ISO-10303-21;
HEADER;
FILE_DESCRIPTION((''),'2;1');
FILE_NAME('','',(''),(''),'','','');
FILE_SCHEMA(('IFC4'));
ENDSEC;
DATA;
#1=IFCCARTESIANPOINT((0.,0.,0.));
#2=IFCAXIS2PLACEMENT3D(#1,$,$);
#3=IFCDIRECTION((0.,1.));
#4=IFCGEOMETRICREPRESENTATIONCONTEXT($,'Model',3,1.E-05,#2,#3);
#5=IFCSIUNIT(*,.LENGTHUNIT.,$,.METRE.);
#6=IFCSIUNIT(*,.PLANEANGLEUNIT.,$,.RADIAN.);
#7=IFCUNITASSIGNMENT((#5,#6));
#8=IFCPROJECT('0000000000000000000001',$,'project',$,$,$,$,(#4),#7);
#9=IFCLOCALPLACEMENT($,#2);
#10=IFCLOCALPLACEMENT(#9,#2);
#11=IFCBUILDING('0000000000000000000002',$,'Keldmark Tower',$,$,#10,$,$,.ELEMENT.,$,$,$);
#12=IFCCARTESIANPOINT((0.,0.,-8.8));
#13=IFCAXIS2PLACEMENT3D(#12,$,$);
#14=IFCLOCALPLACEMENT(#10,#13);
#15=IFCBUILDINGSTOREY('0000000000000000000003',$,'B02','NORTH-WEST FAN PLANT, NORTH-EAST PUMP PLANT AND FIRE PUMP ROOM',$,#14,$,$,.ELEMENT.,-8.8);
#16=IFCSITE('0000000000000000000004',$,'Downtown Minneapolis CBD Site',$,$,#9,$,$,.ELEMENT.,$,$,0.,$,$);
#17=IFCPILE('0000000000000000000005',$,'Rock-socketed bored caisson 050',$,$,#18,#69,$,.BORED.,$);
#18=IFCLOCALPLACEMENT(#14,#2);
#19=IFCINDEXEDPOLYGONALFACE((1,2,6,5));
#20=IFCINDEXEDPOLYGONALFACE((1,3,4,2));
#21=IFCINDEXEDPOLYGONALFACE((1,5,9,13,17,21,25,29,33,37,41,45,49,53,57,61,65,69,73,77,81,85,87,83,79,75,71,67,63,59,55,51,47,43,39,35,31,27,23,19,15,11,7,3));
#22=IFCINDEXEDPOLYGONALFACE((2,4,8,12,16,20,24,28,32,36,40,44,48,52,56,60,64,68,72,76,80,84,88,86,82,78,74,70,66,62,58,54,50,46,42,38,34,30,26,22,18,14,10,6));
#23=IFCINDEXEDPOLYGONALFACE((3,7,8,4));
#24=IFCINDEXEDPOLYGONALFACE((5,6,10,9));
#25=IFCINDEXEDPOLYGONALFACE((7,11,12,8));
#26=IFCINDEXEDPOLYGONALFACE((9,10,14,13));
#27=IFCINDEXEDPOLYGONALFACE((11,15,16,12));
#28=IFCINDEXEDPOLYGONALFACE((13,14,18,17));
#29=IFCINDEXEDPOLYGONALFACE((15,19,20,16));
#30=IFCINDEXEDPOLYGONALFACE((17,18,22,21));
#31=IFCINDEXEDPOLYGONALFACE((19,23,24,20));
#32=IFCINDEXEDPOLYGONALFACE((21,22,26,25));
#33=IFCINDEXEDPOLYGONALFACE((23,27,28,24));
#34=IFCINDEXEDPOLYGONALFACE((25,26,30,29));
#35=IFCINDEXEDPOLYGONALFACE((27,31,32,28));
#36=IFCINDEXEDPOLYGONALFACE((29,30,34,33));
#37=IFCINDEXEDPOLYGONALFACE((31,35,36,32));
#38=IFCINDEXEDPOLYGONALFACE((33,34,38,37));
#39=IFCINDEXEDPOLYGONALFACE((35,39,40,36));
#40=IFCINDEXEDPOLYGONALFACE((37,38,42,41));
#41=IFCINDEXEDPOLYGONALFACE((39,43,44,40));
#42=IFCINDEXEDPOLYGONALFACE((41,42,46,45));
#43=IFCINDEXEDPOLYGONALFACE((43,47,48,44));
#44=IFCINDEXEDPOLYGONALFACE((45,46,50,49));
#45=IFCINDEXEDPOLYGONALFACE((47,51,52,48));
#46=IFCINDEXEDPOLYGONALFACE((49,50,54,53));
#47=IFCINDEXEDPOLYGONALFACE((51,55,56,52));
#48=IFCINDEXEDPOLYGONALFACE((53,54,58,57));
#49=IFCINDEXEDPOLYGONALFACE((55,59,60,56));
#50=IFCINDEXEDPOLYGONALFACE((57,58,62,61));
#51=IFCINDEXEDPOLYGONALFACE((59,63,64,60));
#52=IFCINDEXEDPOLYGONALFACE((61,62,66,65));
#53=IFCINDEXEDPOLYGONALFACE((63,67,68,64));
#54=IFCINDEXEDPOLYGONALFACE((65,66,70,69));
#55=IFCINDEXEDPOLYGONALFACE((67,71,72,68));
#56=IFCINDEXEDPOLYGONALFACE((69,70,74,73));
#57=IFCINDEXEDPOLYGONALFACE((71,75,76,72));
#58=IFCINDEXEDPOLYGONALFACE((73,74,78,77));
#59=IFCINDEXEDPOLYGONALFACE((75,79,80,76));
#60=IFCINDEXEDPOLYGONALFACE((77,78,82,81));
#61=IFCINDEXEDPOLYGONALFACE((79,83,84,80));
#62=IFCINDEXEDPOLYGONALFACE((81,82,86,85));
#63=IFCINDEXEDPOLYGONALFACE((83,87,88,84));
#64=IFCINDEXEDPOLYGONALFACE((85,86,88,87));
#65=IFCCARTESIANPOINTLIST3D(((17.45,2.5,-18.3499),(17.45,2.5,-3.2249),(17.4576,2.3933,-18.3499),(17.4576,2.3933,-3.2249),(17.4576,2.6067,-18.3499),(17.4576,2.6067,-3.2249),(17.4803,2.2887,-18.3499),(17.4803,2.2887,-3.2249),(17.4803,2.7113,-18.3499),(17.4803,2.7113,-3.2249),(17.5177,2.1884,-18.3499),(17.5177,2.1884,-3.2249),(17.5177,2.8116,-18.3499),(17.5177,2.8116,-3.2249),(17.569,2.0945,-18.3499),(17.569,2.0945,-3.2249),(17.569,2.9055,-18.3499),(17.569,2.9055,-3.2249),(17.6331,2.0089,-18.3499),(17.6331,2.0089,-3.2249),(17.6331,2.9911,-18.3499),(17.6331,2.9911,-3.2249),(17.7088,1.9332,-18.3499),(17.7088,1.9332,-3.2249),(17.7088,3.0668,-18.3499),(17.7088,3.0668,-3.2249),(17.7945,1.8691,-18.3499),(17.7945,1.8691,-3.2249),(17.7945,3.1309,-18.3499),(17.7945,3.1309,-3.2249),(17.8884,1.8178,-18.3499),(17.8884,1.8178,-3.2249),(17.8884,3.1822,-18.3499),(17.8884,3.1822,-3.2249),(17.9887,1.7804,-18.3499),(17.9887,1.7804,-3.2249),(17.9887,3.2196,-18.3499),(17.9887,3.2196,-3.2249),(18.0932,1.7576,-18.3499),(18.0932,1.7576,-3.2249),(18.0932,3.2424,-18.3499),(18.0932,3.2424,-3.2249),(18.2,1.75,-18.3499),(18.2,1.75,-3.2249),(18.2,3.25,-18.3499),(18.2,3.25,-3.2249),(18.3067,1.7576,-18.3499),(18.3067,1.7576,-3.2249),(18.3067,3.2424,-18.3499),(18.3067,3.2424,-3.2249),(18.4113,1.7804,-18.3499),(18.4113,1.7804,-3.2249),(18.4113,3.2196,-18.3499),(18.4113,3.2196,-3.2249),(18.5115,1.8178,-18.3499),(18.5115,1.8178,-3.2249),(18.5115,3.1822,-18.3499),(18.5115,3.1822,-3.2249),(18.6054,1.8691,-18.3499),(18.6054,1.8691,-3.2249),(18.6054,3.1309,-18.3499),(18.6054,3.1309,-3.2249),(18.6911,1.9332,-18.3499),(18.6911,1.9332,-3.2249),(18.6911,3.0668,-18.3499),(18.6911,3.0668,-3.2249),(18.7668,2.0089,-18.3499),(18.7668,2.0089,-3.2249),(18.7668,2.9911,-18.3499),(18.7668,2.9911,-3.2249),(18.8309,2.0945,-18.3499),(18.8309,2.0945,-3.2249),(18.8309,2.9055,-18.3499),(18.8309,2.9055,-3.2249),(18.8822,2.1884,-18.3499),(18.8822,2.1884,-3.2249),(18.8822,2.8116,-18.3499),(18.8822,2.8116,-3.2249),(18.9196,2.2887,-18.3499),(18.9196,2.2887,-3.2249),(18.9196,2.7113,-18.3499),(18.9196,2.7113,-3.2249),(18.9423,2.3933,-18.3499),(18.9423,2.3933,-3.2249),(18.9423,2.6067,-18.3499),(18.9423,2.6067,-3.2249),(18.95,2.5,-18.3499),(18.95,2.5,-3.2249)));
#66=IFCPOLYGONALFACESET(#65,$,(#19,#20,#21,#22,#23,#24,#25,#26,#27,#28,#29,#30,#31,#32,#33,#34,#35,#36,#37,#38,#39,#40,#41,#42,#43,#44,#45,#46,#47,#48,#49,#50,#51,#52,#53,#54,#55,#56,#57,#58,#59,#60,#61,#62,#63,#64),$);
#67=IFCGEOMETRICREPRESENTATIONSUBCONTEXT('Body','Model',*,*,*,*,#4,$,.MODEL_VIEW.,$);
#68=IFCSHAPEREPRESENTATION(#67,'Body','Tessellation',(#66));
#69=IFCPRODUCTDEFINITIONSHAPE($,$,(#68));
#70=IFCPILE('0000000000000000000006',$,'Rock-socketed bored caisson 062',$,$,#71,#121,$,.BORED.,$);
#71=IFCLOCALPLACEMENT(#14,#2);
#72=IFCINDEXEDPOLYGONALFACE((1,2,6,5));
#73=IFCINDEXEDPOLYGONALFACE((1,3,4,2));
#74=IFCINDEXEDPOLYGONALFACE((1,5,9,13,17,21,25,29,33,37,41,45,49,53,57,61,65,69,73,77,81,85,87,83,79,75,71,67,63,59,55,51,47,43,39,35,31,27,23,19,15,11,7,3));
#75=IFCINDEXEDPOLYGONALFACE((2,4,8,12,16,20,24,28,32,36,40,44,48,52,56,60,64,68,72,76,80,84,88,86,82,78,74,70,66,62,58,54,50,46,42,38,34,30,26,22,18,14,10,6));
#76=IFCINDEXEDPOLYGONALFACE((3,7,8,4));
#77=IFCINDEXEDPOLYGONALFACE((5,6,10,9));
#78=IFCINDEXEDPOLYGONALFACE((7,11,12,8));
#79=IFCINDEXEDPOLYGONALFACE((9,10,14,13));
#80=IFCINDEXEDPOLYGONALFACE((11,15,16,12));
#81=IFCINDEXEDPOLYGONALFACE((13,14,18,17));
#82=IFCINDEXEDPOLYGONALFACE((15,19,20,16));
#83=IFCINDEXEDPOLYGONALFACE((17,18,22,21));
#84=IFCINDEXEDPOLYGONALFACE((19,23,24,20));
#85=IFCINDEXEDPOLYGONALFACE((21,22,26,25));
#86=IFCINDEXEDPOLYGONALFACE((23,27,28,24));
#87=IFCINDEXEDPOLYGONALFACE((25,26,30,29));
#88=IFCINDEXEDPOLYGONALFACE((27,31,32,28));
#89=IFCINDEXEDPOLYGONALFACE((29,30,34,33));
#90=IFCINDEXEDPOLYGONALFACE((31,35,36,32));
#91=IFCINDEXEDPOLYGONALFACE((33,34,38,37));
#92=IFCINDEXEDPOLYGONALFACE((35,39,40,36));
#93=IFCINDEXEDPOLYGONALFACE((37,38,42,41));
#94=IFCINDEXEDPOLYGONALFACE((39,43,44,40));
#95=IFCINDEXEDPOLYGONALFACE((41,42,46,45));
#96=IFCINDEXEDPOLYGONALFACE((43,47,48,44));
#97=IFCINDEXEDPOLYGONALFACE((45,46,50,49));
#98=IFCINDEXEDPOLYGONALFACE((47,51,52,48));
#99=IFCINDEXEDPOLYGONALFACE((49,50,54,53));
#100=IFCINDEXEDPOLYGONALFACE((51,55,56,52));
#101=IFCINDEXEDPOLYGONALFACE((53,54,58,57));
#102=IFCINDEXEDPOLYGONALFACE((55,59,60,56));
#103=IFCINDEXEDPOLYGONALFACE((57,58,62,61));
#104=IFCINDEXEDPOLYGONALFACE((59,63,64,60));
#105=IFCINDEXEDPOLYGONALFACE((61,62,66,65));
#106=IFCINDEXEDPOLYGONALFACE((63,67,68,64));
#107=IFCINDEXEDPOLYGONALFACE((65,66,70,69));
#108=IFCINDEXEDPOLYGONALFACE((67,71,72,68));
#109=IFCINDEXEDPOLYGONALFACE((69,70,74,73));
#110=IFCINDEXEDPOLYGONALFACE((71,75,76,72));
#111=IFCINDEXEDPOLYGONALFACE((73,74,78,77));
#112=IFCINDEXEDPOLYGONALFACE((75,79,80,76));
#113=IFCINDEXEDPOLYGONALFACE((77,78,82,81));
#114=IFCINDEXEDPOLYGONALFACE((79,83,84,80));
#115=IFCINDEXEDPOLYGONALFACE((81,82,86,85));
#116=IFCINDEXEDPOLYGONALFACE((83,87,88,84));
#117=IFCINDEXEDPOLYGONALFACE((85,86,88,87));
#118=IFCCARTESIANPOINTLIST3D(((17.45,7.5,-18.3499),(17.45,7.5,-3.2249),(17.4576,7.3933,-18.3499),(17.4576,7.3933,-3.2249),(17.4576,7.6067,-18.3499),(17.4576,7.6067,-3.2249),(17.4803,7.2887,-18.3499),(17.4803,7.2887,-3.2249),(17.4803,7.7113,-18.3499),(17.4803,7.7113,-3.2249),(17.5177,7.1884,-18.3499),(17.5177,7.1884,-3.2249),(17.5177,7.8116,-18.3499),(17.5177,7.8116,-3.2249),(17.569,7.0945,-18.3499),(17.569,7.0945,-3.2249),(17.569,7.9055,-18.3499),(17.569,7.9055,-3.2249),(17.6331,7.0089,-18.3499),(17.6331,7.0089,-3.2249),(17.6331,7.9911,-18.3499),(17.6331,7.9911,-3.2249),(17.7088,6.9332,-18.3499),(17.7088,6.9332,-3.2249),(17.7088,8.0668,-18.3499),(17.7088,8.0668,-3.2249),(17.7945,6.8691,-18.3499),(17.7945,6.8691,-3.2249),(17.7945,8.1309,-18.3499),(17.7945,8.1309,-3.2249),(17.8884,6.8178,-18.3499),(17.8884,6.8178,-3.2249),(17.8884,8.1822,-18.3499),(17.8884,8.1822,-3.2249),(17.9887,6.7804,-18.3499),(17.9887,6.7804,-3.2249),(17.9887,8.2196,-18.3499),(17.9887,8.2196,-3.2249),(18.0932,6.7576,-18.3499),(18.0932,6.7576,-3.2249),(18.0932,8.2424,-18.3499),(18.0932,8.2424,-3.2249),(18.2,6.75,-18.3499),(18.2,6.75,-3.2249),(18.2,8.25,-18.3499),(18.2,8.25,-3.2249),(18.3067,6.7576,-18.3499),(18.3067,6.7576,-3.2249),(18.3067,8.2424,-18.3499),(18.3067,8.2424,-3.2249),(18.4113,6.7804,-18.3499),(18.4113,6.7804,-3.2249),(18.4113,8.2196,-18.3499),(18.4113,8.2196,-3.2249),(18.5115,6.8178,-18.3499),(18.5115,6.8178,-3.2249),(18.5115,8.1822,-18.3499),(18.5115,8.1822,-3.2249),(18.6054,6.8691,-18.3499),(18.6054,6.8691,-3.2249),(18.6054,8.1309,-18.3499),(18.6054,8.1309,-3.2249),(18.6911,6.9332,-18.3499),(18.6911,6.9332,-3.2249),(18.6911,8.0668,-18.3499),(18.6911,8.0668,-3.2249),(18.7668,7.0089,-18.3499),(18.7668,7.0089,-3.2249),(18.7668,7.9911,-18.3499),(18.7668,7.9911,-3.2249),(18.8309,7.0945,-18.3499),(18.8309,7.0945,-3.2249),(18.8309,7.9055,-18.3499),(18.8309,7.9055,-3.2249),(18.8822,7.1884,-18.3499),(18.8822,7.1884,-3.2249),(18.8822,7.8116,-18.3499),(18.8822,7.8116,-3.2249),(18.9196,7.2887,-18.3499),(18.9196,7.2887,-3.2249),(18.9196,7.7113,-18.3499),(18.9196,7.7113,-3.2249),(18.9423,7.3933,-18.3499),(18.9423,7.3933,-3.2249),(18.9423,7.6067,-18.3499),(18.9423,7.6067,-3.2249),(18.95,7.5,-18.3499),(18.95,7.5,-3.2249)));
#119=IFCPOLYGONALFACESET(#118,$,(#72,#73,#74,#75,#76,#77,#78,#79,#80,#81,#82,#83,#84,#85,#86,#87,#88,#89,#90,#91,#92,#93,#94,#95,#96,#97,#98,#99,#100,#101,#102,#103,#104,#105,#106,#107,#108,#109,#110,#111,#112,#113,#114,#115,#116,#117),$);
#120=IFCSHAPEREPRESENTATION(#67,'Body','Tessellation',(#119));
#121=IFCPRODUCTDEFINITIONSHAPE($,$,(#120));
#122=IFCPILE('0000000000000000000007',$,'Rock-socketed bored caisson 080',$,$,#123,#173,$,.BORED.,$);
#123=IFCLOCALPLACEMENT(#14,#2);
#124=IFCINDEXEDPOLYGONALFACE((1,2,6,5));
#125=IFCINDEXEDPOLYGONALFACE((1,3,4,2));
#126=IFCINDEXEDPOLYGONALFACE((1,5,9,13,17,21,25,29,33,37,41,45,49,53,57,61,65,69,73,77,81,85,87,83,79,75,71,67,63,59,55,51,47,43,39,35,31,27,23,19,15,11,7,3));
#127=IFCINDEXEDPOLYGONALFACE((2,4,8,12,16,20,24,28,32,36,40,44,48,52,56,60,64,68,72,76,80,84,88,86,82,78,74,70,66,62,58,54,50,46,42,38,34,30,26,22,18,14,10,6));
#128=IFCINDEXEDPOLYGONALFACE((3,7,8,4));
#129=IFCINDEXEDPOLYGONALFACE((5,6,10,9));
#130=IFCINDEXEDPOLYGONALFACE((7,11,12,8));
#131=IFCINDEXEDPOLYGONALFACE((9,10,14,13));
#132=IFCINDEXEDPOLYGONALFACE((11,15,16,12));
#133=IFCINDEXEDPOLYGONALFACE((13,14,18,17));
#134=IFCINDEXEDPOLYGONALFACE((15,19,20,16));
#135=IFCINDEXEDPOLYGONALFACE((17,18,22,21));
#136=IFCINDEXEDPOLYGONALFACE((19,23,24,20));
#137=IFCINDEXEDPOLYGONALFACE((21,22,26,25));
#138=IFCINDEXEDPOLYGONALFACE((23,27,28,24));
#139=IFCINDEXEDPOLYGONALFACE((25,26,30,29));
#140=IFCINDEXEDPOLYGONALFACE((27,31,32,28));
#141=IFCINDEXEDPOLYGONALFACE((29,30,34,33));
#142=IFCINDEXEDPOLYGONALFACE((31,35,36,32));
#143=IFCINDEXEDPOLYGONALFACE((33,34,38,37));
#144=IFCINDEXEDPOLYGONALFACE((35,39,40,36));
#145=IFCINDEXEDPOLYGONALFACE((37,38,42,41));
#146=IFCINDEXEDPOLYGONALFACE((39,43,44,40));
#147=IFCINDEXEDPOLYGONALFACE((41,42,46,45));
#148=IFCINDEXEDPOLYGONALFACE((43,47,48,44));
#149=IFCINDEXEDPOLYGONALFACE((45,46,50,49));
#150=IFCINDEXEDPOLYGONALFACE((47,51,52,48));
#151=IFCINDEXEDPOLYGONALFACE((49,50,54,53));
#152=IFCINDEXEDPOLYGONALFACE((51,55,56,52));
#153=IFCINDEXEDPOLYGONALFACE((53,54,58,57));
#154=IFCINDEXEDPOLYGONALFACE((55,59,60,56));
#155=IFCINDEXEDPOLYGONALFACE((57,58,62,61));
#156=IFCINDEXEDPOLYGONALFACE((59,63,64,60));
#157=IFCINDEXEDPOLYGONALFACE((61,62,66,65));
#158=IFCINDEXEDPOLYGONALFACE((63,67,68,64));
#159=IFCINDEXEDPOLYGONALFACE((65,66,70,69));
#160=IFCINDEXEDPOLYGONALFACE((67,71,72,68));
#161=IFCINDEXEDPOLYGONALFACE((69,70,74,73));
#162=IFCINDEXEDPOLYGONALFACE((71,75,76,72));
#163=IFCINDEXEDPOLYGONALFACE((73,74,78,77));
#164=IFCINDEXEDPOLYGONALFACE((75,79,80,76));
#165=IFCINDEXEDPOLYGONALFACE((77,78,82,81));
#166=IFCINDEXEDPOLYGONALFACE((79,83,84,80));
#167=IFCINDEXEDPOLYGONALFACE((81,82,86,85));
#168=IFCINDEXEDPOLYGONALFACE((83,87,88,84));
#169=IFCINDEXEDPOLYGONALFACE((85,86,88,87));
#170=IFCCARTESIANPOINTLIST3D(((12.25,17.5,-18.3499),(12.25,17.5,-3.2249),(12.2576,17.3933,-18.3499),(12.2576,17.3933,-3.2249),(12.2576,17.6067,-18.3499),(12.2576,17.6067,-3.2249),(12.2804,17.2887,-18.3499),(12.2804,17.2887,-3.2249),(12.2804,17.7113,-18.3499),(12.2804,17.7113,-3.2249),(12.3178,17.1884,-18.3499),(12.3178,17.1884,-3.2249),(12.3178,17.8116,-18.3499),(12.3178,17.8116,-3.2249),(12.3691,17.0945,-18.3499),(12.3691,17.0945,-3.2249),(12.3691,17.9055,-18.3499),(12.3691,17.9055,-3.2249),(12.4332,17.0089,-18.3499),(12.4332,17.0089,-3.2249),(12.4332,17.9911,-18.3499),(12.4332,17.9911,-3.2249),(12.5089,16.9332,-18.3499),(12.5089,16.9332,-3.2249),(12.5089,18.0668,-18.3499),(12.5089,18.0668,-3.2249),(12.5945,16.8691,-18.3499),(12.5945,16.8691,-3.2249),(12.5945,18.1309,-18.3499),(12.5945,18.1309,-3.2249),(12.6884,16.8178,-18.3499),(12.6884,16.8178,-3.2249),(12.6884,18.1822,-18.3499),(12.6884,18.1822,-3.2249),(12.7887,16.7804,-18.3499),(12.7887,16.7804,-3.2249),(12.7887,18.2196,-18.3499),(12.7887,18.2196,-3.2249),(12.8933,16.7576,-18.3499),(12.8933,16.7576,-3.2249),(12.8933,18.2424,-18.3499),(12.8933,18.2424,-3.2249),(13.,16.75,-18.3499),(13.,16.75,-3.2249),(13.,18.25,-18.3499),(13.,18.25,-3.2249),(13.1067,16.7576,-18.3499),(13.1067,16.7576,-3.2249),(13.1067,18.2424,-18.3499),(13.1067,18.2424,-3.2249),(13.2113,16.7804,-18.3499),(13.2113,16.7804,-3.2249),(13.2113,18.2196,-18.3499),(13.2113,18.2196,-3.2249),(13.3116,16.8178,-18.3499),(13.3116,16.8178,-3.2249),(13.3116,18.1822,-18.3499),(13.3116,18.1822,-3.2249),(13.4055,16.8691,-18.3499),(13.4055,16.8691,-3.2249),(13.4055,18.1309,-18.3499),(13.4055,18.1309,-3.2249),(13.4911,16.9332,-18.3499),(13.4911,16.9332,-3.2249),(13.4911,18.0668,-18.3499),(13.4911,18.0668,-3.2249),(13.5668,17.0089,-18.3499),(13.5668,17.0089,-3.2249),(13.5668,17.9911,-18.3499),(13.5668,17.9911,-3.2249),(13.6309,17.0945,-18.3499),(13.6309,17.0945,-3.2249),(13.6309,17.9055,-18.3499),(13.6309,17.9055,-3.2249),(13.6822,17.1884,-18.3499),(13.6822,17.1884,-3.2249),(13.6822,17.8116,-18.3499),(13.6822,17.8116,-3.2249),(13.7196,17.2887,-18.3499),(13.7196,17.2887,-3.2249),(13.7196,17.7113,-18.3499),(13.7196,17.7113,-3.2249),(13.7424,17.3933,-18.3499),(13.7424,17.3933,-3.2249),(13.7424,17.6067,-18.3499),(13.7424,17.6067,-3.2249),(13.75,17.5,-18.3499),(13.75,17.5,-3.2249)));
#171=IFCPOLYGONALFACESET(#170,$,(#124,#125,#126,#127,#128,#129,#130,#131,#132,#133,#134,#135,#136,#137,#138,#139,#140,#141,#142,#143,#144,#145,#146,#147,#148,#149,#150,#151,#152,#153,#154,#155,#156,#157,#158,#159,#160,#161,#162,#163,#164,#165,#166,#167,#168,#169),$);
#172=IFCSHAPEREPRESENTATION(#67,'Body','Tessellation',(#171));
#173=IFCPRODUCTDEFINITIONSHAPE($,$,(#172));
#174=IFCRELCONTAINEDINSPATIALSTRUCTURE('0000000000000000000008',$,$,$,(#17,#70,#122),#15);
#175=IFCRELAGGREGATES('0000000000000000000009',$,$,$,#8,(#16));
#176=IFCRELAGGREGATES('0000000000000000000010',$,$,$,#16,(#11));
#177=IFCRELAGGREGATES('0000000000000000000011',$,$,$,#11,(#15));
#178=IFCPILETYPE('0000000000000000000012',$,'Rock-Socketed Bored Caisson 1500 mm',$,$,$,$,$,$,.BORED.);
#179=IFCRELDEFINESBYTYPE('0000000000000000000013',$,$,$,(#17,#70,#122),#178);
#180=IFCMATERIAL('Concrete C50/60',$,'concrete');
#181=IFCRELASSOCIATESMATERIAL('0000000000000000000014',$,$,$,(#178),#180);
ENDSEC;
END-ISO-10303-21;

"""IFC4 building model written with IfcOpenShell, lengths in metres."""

from ifc_helpers import new_model, si_unit, direction, frame, origin, origin_2d, place, context, subcontext, project, spatial, circle, extrude, material, material_profile, profile_set, type_object, element, save


model = new_model("IFC4")

# Units and contexts
model_context = context("Model", 3, precision=1e-05, world=origin(), true_north=direction((0.0, 1.0)))
body_context = subcontext(model_context, "Body", "Model", "MODEL_VIEW")
ifc_project = project(units=[si_unit("LENGTHUNIT", "METRE"), si_unit("PLANEANGLEUNIT", "RADIAN")], contexts=[model_context])

# Site, building, storey
site_placement = place(None, origin())
site = spatial("IfcSite", under=ifc_project, at=site_placement, Name="Downtown Minneapolis CBD Site", CompositionType="ELEMENT", RefElevation=0.0)
building_placement = place(site_placement, origin())
building = spatial("IfcBuilding", under=site, at=building_placement, Name="Keldmark Tower", CompositionType="ELEMENT")
storey_placement = place(building_placement, frame((0.0, 0.0, -8.8)))
storey = spatial("IfcBuildingStorey", under=building, at=storey_placement, Name="B02", Description="NORTH-WEST FAN PLANT, NORTH-EAST PUMP PLANT AND FIRE PUMP ROOM", CompositionType="ELEMENT", Elevation=-8.8)

# Piles
ifc_material_1 = material(Name="Concrete C50/60", Category="concrete")
ifc_material_profile_1 = material_profile(ifc_material_1, circle(Radius=0.75, at=origin_2d()), Name="CAISSON1500")
ifc_profile_set_1 = profile_set([ifc_material_profile_1], Name="Concrete C50/60")
pile_type_1 = type_object("IfcPileType", Name="Rock-Socketed Bored Caisson 1500 mm", PredefinedType="BORED", material=ifc_profile_set_1)
for number, where, z_axis, x_axis, name in (
    (1, (18.2, 2.5, -3.2249), (0.0, 0.0, -1.0), (1.0, 0.0, 0.0), "Rock-socketed bored caisson 050"),
    (2, (18.2, 7.5, -3.2249), (0.0, 0.0, -1.0), (1.0, 0.0, 0.0), "Rock-socketed bored caisson 062"),
    (3, (13.0, 17.5, -3.2249), (0.0, 0.0, -1.0), (1.0, 0.0, 0.0), "Rock-socketed bored caisson 080"),
):
    element("IfcPile", number, at=place(storey_placement, frame(where, z_axis=z_axis, x_axis=x_axis)), inside=storey, type_object=pile_type_1, Name=name, PredefinedType="BORED", context=body_context, shape_type="SweptSolid", body=[
        extrude(circle(Radius=0.75, at=origin_2d()), origin(), (0.0, 0.0, 1.0), 15.125),
    ])

save(model, "model.ifc")
